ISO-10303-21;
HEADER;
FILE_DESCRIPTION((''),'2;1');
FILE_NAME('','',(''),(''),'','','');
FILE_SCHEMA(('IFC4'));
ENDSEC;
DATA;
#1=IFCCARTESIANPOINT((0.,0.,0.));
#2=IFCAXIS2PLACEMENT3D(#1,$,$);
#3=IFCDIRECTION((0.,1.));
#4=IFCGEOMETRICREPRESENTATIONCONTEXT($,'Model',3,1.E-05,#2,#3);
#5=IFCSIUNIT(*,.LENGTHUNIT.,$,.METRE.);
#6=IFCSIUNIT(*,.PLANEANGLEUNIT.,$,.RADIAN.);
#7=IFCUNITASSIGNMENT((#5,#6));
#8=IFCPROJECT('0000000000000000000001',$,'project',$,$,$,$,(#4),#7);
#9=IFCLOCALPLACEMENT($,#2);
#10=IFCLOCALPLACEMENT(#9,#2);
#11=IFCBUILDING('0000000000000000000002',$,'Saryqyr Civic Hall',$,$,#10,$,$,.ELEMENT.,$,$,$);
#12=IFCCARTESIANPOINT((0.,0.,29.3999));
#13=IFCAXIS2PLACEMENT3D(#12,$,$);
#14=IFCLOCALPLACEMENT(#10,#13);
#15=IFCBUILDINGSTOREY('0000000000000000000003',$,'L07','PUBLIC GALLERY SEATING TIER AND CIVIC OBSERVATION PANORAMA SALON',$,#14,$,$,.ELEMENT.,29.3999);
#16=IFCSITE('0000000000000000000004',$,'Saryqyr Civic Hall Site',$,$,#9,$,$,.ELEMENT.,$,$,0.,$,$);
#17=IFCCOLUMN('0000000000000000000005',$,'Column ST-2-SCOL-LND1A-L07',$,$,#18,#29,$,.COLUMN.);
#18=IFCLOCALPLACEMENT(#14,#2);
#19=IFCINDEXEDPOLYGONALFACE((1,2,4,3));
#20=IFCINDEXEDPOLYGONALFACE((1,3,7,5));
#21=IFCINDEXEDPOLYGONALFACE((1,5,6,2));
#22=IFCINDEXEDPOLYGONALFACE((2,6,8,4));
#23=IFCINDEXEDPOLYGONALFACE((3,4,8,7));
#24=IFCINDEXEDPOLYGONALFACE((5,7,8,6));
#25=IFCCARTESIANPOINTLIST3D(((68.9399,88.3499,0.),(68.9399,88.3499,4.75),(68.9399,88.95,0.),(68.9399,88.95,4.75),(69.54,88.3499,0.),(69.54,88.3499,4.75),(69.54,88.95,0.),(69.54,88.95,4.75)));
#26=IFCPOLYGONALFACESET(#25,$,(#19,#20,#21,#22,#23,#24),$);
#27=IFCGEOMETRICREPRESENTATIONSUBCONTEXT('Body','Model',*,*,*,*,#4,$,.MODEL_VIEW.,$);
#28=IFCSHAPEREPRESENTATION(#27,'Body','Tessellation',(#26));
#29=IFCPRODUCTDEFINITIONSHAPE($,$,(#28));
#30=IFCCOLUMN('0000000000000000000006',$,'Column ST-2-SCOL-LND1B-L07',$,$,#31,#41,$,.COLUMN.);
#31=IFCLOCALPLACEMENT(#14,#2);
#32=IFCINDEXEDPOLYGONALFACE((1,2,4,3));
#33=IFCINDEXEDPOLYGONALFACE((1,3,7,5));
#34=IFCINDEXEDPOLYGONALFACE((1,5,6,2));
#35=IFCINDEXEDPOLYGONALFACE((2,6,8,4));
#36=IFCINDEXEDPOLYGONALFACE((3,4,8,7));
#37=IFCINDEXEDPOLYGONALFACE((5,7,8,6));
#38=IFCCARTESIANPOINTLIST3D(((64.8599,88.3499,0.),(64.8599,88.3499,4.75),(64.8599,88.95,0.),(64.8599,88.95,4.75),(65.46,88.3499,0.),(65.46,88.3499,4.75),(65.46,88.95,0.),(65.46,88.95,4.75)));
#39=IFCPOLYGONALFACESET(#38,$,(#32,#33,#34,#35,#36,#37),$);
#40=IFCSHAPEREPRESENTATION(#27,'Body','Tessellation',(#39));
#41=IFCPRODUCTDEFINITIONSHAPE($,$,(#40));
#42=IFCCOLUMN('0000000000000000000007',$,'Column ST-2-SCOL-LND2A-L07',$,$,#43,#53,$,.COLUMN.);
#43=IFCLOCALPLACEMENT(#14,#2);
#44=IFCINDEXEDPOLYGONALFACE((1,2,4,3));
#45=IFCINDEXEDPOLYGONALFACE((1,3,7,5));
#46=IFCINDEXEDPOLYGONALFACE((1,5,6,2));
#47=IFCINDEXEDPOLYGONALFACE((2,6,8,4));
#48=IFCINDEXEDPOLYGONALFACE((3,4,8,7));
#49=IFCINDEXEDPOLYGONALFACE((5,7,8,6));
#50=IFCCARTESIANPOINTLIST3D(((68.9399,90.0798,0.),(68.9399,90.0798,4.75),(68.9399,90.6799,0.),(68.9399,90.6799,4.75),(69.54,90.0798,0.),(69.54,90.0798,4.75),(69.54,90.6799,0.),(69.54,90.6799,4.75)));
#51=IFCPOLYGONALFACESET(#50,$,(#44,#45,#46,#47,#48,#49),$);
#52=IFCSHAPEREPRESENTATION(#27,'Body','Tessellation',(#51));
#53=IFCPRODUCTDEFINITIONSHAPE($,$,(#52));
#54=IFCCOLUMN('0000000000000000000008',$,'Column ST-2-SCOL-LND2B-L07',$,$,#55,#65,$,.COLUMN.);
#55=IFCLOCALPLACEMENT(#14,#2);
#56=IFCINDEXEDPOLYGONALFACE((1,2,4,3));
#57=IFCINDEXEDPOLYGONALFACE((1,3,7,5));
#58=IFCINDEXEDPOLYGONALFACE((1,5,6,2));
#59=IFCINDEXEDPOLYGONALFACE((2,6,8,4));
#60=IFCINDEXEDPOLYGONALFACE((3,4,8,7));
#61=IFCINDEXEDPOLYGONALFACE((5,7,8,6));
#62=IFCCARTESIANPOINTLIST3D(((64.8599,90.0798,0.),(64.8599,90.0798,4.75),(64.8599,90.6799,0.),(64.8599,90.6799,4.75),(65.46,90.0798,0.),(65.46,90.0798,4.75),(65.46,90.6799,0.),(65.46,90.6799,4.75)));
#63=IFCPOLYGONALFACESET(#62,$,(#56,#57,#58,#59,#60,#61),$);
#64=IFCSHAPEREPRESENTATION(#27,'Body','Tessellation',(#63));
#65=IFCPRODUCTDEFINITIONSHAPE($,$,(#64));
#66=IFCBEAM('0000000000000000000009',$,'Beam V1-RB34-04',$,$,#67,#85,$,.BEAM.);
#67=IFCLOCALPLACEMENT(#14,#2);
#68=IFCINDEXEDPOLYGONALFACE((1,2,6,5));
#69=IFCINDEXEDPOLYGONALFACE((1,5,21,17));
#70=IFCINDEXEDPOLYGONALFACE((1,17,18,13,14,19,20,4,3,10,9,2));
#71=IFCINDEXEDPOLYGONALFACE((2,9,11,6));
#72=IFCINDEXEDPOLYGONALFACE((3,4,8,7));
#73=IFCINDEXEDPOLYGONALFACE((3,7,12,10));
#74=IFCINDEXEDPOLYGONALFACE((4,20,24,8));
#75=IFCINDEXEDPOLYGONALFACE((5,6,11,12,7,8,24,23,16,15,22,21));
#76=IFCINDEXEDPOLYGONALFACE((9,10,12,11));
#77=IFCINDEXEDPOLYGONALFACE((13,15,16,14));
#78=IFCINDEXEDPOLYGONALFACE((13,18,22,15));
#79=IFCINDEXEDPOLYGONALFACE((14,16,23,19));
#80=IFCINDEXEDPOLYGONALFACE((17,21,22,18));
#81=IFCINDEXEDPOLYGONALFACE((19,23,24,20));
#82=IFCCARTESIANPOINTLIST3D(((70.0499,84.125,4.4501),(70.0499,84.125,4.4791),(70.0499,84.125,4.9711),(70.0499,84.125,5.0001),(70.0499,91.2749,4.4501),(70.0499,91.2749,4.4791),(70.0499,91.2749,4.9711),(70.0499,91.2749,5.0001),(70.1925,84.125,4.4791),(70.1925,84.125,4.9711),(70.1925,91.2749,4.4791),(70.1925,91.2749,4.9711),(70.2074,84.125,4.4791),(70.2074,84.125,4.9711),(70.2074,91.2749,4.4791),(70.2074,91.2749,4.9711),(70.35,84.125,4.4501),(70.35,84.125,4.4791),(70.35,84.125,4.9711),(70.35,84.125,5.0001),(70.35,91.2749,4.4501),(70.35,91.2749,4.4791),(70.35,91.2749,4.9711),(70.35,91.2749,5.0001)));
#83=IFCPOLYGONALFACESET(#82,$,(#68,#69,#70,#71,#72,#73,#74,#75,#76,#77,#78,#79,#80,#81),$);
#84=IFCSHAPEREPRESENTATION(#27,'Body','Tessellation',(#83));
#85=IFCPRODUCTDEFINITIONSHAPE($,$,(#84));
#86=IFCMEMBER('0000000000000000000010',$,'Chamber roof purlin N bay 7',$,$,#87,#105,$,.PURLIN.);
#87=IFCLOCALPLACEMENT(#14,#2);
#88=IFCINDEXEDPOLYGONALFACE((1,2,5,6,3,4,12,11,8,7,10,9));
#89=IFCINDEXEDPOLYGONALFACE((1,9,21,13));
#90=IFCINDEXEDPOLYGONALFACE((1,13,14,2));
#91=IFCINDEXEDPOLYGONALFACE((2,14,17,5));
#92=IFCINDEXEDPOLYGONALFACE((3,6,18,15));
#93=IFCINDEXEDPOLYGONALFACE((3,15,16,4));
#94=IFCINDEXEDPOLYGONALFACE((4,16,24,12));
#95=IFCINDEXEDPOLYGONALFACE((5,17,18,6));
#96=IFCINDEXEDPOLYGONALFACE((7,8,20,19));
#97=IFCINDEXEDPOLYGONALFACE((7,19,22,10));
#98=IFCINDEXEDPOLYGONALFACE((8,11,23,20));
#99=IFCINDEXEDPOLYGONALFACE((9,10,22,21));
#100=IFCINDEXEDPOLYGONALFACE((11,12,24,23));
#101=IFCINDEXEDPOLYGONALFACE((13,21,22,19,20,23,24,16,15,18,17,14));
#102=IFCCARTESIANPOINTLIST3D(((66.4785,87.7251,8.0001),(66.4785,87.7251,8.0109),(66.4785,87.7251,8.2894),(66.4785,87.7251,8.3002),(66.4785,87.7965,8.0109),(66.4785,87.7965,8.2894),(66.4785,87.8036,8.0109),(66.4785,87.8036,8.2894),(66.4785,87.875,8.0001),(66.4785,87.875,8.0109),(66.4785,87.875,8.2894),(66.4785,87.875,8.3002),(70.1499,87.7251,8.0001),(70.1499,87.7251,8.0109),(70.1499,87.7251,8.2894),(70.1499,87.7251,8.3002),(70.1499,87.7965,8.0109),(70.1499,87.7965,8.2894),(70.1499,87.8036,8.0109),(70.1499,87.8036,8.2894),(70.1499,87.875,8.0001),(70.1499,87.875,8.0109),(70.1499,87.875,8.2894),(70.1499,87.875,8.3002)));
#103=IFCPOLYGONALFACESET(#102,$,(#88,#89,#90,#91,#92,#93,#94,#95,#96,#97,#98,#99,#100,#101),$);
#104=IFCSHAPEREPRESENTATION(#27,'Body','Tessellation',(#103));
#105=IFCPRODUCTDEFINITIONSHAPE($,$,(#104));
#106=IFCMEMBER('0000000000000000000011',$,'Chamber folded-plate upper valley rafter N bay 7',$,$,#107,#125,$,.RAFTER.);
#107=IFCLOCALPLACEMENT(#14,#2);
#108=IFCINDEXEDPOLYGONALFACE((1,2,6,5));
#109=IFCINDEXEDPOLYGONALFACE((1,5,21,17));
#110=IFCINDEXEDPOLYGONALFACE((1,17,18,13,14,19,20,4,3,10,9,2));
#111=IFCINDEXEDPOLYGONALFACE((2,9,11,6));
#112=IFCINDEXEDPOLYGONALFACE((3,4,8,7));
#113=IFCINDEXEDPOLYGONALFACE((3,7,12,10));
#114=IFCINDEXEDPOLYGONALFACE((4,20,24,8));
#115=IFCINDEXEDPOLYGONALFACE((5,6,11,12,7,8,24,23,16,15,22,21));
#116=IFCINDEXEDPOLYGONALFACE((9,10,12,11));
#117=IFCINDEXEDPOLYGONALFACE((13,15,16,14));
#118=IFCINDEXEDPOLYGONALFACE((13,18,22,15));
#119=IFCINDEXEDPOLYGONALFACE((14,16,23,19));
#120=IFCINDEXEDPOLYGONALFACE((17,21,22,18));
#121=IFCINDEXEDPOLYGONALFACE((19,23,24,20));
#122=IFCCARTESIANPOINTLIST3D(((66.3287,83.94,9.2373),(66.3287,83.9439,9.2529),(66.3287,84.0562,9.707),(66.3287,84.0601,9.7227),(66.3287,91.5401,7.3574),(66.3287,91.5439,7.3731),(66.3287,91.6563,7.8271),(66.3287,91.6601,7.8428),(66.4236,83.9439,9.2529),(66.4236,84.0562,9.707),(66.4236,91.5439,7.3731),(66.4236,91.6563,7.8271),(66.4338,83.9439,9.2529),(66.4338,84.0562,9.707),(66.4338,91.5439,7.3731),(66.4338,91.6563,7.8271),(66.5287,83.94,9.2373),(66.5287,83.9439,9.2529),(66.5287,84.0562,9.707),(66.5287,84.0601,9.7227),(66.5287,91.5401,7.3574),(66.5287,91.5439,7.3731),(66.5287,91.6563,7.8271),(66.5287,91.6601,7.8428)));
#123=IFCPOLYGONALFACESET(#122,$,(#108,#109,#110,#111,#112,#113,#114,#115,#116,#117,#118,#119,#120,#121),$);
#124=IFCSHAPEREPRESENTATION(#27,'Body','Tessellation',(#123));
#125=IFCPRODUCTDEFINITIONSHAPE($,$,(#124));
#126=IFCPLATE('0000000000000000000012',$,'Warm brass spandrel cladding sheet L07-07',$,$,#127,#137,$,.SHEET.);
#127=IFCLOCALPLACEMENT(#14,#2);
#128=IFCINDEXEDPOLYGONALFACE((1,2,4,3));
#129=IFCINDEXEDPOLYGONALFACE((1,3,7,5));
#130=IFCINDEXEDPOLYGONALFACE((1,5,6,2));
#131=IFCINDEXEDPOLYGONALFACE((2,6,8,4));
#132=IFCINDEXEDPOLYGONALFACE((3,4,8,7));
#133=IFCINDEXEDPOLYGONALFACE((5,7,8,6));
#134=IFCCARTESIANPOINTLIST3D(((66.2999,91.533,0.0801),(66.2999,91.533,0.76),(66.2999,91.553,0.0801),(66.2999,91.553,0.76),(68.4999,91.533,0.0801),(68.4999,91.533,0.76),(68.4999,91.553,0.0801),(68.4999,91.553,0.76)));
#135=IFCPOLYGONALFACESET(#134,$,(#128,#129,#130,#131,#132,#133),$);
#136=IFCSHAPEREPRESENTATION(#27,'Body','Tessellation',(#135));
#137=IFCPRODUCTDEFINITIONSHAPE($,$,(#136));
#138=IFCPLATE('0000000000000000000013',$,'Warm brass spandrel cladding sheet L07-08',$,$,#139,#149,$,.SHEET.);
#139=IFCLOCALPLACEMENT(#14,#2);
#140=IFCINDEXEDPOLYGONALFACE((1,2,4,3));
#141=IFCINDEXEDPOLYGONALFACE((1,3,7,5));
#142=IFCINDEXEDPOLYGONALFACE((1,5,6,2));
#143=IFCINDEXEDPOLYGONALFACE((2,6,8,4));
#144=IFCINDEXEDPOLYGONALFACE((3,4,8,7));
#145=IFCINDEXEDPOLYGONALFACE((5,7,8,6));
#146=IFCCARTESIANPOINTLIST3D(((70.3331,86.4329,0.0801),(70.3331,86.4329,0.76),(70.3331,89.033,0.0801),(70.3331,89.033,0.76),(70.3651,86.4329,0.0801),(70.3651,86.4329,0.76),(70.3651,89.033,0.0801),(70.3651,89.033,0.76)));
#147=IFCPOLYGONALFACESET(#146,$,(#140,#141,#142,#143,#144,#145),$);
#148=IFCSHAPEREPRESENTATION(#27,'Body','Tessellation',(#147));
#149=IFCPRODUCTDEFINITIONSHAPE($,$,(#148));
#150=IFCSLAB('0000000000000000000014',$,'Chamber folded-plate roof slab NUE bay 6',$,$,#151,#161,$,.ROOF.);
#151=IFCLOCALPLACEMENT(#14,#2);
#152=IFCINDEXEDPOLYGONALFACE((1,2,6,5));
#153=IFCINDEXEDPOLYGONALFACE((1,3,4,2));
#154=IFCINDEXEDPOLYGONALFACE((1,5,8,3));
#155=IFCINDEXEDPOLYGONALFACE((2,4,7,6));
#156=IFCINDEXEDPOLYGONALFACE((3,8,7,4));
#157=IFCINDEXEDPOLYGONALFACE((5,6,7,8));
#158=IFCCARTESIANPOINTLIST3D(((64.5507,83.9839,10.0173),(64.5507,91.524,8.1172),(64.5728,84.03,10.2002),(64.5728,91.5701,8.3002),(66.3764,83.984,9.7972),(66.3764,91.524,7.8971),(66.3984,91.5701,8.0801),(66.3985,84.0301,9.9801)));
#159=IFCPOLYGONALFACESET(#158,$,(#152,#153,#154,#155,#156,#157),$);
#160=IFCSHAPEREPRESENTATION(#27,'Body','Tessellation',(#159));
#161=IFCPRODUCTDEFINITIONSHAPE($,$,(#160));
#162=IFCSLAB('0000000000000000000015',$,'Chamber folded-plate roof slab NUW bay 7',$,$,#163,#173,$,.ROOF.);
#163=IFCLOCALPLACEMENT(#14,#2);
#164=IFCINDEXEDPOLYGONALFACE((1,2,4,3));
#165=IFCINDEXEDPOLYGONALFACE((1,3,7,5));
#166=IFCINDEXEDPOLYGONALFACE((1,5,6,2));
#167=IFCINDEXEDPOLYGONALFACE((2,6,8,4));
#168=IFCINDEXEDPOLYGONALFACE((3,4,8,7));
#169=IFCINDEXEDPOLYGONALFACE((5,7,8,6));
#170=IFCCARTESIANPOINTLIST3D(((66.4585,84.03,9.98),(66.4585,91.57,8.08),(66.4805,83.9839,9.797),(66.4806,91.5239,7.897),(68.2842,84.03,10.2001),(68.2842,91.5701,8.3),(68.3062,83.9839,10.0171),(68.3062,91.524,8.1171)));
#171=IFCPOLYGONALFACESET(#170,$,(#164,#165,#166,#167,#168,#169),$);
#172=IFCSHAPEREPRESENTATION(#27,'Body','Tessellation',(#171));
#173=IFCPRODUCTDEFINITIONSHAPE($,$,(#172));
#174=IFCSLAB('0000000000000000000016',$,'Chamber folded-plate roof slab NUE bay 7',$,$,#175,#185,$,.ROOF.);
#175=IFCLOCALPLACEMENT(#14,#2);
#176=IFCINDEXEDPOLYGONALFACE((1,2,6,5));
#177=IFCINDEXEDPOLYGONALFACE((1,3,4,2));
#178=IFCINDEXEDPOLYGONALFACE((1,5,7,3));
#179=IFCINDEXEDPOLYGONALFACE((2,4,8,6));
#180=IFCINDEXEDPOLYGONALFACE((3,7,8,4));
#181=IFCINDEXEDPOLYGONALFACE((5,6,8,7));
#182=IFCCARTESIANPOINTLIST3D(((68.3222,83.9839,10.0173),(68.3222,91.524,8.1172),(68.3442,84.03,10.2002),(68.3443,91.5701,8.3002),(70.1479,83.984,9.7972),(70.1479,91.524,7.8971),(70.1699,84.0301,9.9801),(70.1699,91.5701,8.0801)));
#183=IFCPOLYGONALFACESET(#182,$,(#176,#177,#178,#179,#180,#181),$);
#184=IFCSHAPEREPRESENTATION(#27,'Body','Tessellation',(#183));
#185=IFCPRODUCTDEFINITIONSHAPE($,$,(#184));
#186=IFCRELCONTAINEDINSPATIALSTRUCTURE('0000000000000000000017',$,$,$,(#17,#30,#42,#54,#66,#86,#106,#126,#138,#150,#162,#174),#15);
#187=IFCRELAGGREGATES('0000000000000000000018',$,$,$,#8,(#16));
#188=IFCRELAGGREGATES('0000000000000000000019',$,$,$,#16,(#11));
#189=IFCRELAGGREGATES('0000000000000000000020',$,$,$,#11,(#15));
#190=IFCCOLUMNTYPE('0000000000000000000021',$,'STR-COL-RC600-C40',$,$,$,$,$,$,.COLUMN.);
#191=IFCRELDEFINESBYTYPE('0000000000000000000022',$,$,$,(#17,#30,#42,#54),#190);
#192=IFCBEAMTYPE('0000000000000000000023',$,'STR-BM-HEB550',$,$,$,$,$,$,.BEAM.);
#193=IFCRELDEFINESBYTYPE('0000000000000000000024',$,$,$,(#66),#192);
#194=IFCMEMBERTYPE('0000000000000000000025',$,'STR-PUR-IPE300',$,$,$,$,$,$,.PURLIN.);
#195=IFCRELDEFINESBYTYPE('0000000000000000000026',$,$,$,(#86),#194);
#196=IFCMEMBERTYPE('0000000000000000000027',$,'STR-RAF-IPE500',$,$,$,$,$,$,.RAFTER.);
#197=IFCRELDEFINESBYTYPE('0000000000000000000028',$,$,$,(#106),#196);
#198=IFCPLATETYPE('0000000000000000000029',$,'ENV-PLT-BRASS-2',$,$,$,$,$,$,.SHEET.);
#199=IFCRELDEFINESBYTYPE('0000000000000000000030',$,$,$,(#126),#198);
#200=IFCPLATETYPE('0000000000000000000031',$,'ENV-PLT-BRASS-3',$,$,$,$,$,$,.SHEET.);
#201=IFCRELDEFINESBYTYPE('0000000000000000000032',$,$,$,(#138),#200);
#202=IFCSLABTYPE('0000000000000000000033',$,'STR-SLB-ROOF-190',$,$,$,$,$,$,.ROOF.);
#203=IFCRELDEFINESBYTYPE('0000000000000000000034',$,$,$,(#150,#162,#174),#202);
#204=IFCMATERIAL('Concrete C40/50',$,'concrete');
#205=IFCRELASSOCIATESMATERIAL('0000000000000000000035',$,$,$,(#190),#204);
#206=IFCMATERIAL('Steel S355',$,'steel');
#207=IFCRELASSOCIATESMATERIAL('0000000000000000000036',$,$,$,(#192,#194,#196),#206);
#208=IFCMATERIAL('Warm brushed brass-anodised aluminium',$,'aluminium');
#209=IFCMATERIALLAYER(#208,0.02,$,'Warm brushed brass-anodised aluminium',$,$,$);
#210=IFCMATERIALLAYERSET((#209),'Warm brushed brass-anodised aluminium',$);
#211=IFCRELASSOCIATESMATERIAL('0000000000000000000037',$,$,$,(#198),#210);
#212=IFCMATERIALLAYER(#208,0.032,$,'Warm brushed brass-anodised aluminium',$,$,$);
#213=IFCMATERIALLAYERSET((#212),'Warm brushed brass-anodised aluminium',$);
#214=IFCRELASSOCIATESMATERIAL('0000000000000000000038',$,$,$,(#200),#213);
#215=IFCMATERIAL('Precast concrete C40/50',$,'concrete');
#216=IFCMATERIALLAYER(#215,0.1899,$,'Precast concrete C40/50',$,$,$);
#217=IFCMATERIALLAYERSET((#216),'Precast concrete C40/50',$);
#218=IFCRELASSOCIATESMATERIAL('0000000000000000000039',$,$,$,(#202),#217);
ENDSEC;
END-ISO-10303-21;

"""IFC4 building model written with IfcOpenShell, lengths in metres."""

from ifc_helpers import new_model, si_unit, direction, frame, origin, origin_2d, place, context, subcontext, project, spatial, polyline, rectangle, i_section, outline, extrude, material, layer, layer_set, material_profile, profile_set, type_object, element, save


model = new_model("IFC4")

# Units and contexts
model_context = context("Model", 3, precision=1e-05, world=origin(), true_north=direction((0.0, 1.0)))
body_context = subcontext(model_context, "Body", "Model", "MODEL_VIEW")
ifc_project = project(units=[si_unit("LENGTHUNIT", "METRE"), si_unit("PLANEANGLEUNIT", "RADIAN")], contexts=[model_context])

# Site, building, storey
site_placement = place(None, origin())
site = spatial("IfcSite", under=ifc_project, at=site_placement, Name="Saryqyr Civic Hall Site", CompositionType="ELEMENT", RefElevation=0.0)
building_placement = place(site_placement, origin())
building = spatial("IfcBuilding", under=site, at=building_placement, Name="Saryqyr Civic Hall", CompositionType="ELEMENT")
storey_placement = place(building_placement, frame((0.0, 0.0, 29.3999)))
storey = spatial("IfcBuildingStorey", under=building, at=storey_placement, Name="L07", Description="PUBLIC GALLERY SEATING TIER AND CIVIC OBSERVATION PANORAMA SALON", CompositionType="ELEMENT", Elevation=29.3999)

# Columns
ifc_material_1 = material(Name="Concrete C40/50", Category="concrete")
ifc_material_profile_1 = material_profile(ifc_material_1, rectangle(XDim=0.6001, YDim=0.6001, at=origin_2d()), Name="RC 600x600")
ifc_profile_set_1 = profile_set([ifc_material_profile_1], Name="Concrete C40/50")
column_type = type_object("IfcColumnType", Name="STR-COL-RC600-C40", PredefinedType="COLUMN", material=ifc_profile_set_1)
for number, where, z_axis, x_axis, name in (
    (1, (69.24, 88.6499, 0.0), (0.0, 0.0, 1.0), (1.0, 0.0, 0.0), "Column ST-2-SCOL-LND1A-L07"),
    (2, (65.1599, 88.6499, 0.0), (0.0, 0.0, 1.0), (1.0, 0.0, 0.0), "Column ST-2-SCOL-LND1B-L07"),
    (3, (69.24, 90.3799, 0.0), (0.0, 0.0, 1.0), (1.0, 0.0, 0.0), "Column ST-2-SCOL-LND2A-L07"),
    (4, (65.1599, 90.3799, 0.0), (0.0, 0.0, 1.0), (1.0, 0.0, 0.0), "Column ST-2-SCOL-LND2B-L07"),
):
    element("IfcColumn", number, at=place(storey_placement, frame(where, z_axis=z_axis, x_axis=x_axis)), inside=storey, type_object=column_type, Name=name, PredefinedType="COLUMN", context=body_context, shape_type="SweptSolid", body=[
        extrude(rectangle(XDim=0.6001, YDim=0.6001, at=origin_2d()), origin(), (0.0, 0.0, 1.0), 4.75),
    ])

# Beam
ifc_material_2 = material(Name="Steel S355", Category="steel")
ifc_material_profile_2 = material_profile(ifc_material_2, i_section(OverallWidth=0.3, OverallDepth=0.55, WebThickness=0.0149, FlangeThickness=0.0291, at=origin_2d()), Name="HEB 550")
ifc_profile_set_2 = profile_set([ifc_material_profile_2], Name="Steel S355")
beam_type = type_object("IfcBeamType", Name="STR-BM-HEB550", PredefinedType="BEAM", material=ifc_profile_set_2)
beam_placement = place(storey_placement, frame((70.2, 84.125, 4.7251), z_axis=(0.0, 1.0, 0.0), x_axis=(-1.0, 0.0, 0.0)))
element("IfcBeam", 5, at=beam_placement, inside=storey, type_object=beam_type, Name="Beam V1-RB34-04", PredefinedType="BEAM", context=body_context, shape_type="SweptSolid", body=[
    extrude(i_section(OverallWidth=0.3, OverallDepth=0.55, WebThickness=0.0149, FlangeThickness=0.0291, at=origin_2d()), origin(), (0.0, 0.0, 1.0), 7.1499),
])

# Members
ifc_material_profile_3 = material_profile(ifc_material_2, i_section(OverallWidth=0.1499, OverallDepth=0.3, WebThickness=0.0071, FlangeThickness=0.0107, at=origin_2d()), Name="IPE 300")
ifc_profile_set_3 = profile_set([ifc_material_profile_3], Name="Steel S355")
member_type_1 = type_object("IfcMemberType", Name="STR-PUR-IPE300", PredefinedType="PURLIN", material=ifc_profile_set_3)
member_1_placement = place(storey_placement, frame((66.4785, 87.8, 8.1501), z_axis=(1.0, 0.0, 0.0), x_axis=(0.0, 1.0, 0.0)))
element("IfcMember", 6, at=member_1_placement, inside=storey, type_object=member_type_1, Name="Chamber roof purlin N bay 7", PredefinedType="PURLIN", context=body_context, shape_type="SweptSolid", body=[
    extrude(i_section(OverallWidth=0.1499, OverallDepth=0.3, WebThickness=0.0071, FlangeThickness=0.0107, at=origin_2d()), origin(), (0.0, 0.0, 1.0), 3.6714),
])
ifc_material_profile_4 = material_profile(ifc_material_2, i_section(OverallWidth=0.2, OverallDepth=0.5, WebThickness=0.0103, FlangeThickness=0.0161, at=origin_2d()), Name="IPE 500")
ifc_profile_set_4 = profile_set([ifc_material_profile_4], Name="Steel S355")
member_type_2 = type_object("IfcMemberType", Name="STR-RAF-IPE500", PredefinedType="RAFTER", material=ifc_profile_set_4)
member_2_placement = place(storey_placement, frame((66.4287, 91.6001, 7.6001), z_axis=(0.0, -0.970745, 0.240114), x_axis=(1.0, 0.0, 0.0)))
element("IfcMember", 7, at=member_2_placement, inside=storey, type_object=member_type_2, Name="Chamber folded-plate upper valley rafter N bay 7", PredefinedType="RAFTER", context=body_context, shape_type="SweptSolid", body=[
    extrude(i_section(OverallWidth=0.2, OverallDepth=0.5, WebThickness=0.0103, FlangeThickness=0.0161, at=origin_2d()), origin(), (0.0, 0.0, 1.0), 7.8291),
])

# Plates
ifc_material_3 = material(Name="Warm brushed brass-anodised aluminium", Category="aluminium")
ifc_layer_1 = layer(ifc_material_3, 0.02, Name="Warm brushed brass-anodised aluminium")
ifc_layer_set_1 = layer_set([ifc_layer_1], Name="Warm brushed brass-anodised aluminium")
plate_type_1 = type_object("IfcPlateType", Name="ENV-PLT-BRASS-2", PredefinedType="SHEET", material=ifc_layer_set_1)
plate_1_placement = place(storey_placement, frame((67.3999, 91.543, 0.0801), z_axis=(0.0, 0.0, 1.0), x_axis=(1.0, 0.0, 0.0)))
element("IfcPlate", 8, at=plate_1_placement, inside=storey, type_object=plate_type_1, Name="Warm brass spandrel cladding sheet L07-07", PredefinedType="SHEET", context=body_context, shape_type="SweptSolid", body=[
    extrude(rectangle(XDim=2.2, YDim=0.02, at=origin_2d()), origin(), (0.0, 0.0, 1.0), 0.6799),
])
ifc_layer_2 = layer(ifc_material_3, 0.032, Name="Warm brushed brass-anodised aluminium")
ifc_layer_set_2 = layer_set([ifc_layer_2], Name="Warm brushed brass-anodised aluminium")
plate_type_2 = type_object("IfcPlateType", Name="ENV-PLT-BRASS-3", PredefinedType="SHEET", material=ifc_layer_set_2)
plate_2_placement = place(storey_placement, frame((70.3491, 87.7329, 0.0801), z_axis=(0.0, 0.0, 1.0), x_axis=(0.0, -1.0, 0.0)))
element("IfcPlate", 9, at=plate_2_placement, inside=storey, type_object=plate_type_2, Name="Warm brass spandrel cladding sheet L07-08", PredefinedType="SHEET", context=body_context, shape_type="SweptSolid", body=[
    extrude(rectangle(XDim=2.6001, YDim=0.032, at=origin_2d()), origin(), (0.0, 0.0, 1.0), 0.6799),
])

# Slabs
ifc_material_4 = material(Name="Precast concrete C40/50", Category="concrete")
ifc_layer_3 = layer(ifc_material_4, 0.1899, Name="Precast concrete C40/50")
ifc_layer_set_3 = layer_set([ifc_layer_3], Name="Precast concrete C40/50")
slab_type = type_object("IfcSlabType", Name="STR-SLB-ROOF-190", PredefinedType="ROOF", material=ifc_layer_set_3)
slab_1_placement = place(storey_placement, frame((66.3984, 91.5701, 8.0801), z_axis=(0.116109, 0.2427, 0.963128), x_axis=(-0.992812, 0.000016, 0.119683)))
element("IfcSlab", 10, at=slab_1_placement, inside=storey, type_object=slab_type, Name="Chamber folded-plate roof slab NUE bay 6", PredefinedType="ROOF", context=body_context, shape_type="SweptSolid", body=[
    extrude(outline(polyline([(0.0, 0.0), (1.8389, 0.0), (2.0662, 7.7725), (0.2273, 7.7724), (0.0, 0.0)])), origin(), (0.0, 0.0, -1.0), 0.1899),
])
slab_2_placement = place(storey_placement, frame((68.2842, 91.5701, 8.3), z_axis=(-0.116109, 0.2427, 0.963128), x_axis=(-0.992812, -0.000016, -0.119683)))
element("IfcSlab", 11, at=slab_2_placement, inside=storey, type_object=slab_type, Name="Chamber folded-plate roof slab NUW bay 7", PredefinedType="ROOF", context=body_context, shape_type="SweptSolid", body=[
    extrude(outline(polyline([(0.0, 0.0), (1.8389, 0.0), (1.6116, 7.7724), (-0.2273, 7.7725), (0.0, 0.0)])), origin(), (0.0, 0.0, -1.0), 0.1899),
])
slab_3_placement = place(storey_placement, frame((70.1699, 91.5701, 8.0801), z_axis=(0.116109, 0.2427, 0.963128), x_axis=(-0.992812, 0.000016, 0.119683)))
element("IfcSlab", 12, at=slab_3_placement, inside=storey, type_object=slab_type, Name="Chamber folded-plate roof slab NUE bay 7", PredefinedType="ROOF", context=body_context, shape_type="SweptSolid", body=[
    extrude(outline(polyline([(0.0, 0.0), (1.8389, 0.0), (2.0662, 7.7725), (0.2273, 7.7724), (0.0, 0.0)])), origin(), (0.0, 0.0, -1.0), 0.1899),
])

save(model, "model.ifc")
